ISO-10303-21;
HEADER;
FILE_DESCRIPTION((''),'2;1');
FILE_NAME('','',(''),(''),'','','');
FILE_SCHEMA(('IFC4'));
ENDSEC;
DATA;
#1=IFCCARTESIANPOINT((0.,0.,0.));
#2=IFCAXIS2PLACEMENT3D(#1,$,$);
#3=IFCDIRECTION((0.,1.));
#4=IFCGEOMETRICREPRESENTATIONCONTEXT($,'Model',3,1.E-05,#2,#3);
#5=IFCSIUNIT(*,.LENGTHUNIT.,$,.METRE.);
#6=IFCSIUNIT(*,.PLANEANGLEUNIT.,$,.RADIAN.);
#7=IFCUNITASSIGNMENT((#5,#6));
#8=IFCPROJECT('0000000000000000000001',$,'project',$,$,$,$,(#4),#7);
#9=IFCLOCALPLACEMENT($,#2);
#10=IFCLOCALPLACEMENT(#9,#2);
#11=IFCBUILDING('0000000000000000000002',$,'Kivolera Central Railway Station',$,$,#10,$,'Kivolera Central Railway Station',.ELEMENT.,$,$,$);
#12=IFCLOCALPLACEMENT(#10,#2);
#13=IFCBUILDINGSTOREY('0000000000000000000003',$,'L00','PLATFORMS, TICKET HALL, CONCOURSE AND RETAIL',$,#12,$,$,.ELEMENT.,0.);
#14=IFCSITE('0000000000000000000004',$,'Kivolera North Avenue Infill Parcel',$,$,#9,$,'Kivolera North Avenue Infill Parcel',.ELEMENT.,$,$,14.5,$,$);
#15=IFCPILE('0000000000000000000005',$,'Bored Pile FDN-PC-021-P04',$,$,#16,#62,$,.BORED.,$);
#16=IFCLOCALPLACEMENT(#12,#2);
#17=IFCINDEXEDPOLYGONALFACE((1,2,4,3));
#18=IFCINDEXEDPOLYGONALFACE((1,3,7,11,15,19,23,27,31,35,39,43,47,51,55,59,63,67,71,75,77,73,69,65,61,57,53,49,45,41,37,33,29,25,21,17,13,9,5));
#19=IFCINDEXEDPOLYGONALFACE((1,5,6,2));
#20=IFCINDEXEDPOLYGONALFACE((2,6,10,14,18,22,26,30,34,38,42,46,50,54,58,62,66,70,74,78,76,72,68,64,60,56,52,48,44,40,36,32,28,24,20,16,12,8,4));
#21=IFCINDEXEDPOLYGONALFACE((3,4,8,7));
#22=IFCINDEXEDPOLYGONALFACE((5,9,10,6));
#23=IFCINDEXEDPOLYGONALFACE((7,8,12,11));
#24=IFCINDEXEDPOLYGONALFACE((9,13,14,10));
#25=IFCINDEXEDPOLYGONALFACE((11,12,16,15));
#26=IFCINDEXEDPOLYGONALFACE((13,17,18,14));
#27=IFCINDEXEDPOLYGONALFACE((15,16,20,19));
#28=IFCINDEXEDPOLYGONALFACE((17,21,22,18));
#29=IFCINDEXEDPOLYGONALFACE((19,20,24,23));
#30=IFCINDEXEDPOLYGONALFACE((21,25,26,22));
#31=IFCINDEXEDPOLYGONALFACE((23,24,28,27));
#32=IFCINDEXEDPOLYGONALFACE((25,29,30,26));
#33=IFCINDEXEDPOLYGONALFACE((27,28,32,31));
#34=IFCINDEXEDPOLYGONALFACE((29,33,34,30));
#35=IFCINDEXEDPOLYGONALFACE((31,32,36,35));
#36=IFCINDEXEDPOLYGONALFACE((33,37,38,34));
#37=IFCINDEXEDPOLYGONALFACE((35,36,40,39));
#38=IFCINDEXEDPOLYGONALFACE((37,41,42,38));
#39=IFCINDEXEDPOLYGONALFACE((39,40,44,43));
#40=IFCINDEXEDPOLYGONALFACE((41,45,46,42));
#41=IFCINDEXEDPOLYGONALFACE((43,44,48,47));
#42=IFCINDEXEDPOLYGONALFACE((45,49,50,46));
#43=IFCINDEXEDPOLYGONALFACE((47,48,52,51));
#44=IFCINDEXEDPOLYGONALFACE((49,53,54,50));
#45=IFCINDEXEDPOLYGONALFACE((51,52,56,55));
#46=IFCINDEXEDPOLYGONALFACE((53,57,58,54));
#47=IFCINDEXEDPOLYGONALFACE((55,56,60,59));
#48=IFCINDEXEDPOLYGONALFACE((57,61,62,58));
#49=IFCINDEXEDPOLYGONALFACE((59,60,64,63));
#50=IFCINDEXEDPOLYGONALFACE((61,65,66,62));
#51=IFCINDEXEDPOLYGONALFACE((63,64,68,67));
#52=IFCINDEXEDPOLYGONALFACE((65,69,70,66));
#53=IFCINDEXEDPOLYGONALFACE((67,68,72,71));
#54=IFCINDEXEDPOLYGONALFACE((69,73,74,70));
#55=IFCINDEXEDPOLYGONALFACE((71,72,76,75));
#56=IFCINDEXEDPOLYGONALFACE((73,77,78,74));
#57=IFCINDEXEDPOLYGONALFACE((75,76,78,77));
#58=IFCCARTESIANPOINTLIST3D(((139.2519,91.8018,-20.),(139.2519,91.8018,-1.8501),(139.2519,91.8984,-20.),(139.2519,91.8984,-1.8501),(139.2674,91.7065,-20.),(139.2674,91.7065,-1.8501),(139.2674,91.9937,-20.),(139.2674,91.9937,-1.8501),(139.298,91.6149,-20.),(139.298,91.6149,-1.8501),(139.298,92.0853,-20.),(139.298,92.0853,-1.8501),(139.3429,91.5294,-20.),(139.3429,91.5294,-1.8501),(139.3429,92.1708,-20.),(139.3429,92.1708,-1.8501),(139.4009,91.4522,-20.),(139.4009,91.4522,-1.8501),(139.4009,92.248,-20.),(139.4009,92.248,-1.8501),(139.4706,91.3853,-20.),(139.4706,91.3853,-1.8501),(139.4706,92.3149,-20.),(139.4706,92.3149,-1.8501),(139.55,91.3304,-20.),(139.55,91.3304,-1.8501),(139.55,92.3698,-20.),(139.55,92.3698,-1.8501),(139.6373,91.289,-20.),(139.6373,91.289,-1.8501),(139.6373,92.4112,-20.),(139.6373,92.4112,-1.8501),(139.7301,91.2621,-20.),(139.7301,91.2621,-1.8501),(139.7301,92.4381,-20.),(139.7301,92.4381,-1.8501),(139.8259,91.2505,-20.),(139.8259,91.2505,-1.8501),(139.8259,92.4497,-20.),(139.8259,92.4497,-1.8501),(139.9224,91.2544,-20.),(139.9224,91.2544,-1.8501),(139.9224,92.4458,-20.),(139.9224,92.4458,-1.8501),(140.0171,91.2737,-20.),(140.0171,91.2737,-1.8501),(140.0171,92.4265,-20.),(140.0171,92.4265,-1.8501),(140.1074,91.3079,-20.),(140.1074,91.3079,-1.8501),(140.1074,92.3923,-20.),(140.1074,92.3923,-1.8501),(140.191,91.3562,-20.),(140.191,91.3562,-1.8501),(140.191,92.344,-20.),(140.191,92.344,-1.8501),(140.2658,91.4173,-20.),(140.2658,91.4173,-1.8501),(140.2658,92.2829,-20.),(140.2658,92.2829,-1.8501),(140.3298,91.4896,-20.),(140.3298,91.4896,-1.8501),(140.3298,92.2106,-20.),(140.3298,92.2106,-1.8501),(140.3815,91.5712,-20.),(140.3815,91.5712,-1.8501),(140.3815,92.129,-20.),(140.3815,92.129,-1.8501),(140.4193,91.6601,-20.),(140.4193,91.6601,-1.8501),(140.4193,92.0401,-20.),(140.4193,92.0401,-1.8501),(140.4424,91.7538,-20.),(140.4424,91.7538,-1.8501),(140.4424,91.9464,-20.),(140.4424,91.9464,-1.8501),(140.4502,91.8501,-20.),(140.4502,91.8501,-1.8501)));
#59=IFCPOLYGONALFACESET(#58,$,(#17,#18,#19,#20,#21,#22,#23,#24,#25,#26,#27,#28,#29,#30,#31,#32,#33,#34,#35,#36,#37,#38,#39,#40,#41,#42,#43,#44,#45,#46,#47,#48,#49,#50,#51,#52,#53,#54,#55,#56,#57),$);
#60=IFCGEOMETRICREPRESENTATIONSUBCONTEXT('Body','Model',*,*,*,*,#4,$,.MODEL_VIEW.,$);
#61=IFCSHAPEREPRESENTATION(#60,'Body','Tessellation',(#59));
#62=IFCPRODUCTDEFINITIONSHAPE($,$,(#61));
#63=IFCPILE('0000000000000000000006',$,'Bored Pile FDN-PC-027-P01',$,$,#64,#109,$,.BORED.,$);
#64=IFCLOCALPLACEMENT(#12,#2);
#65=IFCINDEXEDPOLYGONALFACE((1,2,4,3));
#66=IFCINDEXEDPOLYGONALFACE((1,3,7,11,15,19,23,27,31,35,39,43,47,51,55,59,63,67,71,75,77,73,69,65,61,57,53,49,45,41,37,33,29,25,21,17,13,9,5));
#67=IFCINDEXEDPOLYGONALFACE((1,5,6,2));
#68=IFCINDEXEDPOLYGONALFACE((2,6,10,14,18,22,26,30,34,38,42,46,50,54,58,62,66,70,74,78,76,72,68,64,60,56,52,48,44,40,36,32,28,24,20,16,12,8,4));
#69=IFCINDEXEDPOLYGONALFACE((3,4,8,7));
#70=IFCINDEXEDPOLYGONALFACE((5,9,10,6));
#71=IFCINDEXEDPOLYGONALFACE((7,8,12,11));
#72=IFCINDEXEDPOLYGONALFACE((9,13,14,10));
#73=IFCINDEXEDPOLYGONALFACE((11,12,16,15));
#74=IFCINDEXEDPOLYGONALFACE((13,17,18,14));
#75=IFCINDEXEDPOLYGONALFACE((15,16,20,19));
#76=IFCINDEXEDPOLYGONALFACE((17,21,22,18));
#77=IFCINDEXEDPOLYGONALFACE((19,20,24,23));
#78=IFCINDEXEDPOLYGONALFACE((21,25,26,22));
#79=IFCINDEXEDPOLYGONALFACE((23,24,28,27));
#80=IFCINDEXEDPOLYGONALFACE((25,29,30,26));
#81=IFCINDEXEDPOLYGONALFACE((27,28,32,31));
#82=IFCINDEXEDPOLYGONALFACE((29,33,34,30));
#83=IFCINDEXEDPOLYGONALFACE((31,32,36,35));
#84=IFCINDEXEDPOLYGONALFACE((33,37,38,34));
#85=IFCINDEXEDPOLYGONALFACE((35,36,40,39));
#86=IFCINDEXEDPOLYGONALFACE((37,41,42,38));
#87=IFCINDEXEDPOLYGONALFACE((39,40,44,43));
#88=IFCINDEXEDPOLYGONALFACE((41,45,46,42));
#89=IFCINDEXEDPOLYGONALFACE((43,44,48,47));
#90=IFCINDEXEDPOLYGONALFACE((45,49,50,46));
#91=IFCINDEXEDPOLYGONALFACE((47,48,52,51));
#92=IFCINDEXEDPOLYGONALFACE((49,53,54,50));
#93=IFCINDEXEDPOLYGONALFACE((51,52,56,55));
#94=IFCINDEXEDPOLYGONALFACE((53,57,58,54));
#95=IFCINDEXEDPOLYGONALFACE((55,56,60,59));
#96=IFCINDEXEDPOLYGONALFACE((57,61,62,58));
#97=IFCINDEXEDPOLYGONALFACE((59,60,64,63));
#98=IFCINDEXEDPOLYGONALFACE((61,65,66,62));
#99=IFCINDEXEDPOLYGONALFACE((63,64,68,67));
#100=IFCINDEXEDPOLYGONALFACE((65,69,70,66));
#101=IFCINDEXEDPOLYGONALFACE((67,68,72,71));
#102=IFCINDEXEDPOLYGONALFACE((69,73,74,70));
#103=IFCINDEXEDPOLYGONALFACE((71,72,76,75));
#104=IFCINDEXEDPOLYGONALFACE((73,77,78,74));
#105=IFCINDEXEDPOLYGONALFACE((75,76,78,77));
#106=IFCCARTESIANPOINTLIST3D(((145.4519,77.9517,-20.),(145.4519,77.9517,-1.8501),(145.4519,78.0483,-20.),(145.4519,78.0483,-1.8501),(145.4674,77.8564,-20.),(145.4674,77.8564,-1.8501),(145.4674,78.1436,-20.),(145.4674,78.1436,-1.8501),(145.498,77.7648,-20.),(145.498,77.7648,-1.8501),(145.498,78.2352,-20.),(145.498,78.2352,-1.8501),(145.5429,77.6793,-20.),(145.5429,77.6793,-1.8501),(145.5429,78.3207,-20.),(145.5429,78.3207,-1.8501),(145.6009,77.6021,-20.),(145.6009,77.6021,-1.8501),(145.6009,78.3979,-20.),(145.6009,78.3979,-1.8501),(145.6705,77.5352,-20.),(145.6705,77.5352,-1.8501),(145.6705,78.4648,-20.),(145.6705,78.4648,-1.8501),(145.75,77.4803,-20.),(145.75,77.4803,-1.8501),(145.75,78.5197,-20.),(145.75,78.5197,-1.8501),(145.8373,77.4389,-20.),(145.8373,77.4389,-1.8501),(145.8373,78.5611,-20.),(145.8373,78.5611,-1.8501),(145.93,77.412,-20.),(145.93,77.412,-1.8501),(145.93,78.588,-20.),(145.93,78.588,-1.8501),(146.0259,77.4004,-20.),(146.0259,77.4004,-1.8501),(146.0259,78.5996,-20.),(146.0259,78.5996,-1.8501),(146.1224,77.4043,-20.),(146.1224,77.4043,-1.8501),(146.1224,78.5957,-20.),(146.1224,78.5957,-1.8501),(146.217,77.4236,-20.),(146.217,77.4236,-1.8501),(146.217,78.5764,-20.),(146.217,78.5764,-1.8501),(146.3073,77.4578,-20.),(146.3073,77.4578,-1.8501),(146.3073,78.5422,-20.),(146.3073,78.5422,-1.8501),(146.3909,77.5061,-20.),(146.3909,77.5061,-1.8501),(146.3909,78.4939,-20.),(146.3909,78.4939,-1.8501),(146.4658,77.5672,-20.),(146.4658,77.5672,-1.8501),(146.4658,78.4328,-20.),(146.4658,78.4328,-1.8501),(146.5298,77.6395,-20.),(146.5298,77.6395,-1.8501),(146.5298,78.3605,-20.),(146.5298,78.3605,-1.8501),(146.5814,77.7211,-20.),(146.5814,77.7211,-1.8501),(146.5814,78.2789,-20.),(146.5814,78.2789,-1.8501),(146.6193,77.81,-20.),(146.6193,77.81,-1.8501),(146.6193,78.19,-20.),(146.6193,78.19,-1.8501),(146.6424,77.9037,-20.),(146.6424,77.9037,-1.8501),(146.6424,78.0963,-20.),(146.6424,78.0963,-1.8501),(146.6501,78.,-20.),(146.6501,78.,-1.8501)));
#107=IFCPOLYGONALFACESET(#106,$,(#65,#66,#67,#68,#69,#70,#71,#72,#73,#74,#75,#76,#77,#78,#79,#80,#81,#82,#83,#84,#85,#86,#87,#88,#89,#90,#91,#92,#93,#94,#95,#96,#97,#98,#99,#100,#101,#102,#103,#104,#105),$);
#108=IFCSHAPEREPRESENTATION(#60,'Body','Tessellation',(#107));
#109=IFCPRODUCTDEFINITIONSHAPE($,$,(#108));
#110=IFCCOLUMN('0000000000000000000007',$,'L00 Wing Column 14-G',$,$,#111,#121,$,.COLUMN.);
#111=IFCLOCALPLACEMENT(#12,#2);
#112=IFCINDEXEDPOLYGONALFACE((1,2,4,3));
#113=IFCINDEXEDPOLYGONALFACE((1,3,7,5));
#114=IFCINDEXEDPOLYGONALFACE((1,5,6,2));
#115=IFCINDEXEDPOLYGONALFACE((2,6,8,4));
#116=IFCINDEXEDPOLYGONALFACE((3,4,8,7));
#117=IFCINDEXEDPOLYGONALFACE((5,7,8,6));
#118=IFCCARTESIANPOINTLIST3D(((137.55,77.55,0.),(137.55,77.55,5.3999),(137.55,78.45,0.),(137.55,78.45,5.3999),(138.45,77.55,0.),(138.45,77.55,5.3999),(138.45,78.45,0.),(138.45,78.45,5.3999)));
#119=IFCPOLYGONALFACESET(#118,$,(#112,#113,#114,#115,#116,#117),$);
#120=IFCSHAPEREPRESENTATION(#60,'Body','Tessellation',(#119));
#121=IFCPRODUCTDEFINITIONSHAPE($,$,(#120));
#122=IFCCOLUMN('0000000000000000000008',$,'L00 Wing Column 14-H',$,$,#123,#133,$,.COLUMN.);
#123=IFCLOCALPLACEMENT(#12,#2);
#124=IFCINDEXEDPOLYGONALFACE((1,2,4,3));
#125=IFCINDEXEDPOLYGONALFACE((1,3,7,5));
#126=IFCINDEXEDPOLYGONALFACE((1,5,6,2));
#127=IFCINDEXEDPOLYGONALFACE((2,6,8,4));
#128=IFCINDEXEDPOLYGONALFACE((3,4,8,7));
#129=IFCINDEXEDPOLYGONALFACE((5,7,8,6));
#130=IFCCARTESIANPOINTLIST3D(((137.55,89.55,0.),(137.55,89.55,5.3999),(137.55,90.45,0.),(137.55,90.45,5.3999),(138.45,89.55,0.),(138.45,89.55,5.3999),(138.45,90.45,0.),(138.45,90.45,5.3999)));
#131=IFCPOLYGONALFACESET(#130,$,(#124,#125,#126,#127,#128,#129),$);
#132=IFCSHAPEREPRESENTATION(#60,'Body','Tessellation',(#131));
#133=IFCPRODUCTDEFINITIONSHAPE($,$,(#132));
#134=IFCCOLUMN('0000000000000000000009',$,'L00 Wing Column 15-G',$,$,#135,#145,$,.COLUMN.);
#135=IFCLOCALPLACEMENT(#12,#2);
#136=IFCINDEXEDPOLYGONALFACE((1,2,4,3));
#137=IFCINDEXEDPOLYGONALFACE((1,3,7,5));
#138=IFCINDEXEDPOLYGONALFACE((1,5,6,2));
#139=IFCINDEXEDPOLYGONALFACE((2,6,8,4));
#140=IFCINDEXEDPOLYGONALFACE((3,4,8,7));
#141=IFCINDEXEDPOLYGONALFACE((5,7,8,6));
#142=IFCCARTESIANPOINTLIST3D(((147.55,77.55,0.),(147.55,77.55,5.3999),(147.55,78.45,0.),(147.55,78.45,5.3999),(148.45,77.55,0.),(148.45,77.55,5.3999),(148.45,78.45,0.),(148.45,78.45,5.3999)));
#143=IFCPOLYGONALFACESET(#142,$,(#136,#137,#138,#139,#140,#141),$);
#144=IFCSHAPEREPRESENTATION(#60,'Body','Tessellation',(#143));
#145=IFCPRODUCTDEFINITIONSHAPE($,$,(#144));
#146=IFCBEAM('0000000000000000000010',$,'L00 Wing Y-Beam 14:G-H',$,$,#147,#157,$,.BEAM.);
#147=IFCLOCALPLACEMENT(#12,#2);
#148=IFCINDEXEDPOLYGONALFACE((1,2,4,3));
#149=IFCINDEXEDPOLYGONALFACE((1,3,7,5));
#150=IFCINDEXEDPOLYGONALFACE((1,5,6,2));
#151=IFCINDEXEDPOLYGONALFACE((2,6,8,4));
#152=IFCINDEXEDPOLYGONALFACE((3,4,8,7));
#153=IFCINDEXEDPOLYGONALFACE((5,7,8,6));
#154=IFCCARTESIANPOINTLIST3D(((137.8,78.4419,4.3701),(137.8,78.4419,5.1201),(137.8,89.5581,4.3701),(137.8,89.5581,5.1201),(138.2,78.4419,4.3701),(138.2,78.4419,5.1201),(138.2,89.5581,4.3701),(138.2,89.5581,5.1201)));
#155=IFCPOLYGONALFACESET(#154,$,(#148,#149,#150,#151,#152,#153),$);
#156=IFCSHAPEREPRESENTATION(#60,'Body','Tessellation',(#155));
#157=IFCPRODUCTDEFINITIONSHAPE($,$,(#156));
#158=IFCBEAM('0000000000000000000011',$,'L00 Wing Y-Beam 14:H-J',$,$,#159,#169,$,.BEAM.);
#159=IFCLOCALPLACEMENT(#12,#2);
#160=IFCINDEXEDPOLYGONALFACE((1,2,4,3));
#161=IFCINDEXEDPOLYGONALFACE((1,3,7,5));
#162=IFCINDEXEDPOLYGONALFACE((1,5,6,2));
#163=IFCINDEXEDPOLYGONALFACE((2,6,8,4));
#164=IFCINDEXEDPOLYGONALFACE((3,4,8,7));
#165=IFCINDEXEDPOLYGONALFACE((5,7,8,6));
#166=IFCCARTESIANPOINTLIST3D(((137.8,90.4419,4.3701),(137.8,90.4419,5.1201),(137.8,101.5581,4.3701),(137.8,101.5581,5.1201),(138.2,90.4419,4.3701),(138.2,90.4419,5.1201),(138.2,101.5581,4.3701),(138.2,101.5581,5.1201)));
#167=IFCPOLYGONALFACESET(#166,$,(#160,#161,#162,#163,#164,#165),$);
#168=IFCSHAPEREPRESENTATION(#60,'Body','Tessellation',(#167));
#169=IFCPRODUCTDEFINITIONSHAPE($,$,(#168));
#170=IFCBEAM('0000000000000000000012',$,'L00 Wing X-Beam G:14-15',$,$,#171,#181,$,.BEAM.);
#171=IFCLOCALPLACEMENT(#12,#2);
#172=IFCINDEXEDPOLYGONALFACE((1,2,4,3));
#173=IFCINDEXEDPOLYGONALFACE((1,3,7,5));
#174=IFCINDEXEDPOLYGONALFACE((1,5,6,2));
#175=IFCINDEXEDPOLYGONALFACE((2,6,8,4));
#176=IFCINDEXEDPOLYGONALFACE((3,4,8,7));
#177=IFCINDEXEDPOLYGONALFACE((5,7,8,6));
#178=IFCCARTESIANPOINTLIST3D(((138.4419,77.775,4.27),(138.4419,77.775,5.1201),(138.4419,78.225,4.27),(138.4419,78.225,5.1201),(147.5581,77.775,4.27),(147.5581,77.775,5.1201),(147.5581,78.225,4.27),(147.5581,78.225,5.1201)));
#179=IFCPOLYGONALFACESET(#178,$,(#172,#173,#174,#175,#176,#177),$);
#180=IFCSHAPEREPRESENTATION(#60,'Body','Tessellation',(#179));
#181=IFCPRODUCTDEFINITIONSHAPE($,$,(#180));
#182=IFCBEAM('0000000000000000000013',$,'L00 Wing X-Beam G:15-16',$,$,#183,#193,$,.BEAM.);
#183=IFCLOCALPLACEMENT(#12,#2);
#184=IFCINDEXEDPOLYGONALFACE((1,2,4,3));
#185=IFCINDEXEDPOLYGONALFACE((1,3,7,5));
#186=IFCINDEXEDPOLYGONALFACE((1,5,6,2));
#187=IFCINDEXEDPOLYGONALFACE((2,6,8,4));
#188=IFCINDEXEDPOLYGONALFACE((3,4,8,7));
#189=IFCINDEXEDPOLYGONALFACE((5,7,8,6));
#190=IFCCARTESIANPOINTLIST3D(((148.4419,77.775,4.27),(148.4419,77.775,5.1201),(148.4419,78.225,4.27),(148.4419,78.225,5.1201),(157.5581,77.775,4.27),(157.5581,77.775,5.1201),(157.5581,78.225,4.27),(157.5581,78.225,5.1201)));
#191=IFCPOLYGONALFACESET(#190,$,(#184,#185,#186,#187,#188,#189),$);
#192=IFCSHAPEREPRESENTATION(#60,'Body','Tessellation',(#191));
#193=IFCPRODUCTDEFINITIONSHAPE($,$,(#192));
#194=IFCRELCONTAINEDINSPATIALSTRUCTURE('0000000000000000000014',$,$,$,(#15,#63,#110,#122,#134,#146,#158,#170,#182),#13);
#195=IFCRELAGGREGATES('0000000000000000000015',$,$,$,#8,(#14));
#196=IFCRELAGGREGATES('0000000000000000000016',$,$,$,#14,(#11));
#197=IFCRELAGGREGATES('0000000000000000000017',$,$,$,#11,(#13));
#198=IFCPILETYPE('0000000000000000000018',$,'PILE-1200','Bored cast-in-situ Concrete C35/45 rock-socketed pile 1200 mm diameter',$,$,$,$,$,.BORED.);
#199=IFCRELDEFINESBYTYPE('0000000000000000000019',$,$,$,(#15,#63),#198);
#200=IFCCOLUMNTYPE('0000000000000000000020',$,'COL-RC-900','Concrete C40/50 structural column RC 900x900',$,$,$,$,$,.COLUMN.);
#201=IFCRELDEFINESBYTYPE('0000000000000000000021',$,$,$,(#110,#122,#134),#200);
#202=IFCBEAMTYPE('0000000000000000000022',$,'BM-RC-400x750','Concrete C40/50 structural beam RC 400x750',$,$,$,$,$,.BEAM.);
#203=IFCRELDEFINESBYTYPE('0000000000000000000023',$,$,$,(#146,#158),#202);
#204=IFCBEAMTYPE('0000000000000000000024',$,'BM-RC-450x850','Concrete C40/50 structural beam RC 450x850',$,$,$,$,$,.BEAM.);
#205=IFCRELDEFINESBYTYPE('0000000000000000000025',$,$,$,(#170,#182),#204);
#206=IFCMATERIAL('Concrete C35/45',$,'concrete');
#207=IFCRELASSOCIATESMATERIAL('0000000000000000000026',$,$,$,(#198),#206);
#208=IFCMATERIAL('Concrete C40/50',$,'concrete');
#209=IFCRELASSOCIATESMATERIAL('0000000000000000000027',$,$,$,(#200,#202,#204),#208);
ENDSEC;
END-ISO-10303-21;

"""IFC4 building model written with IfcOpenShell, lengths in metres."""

from ifc_helpers import new_model, si_unit, direction, frame, origin, origin_2d, place, context, subcontext, project, spatial, rectangle, circle, extrude, material, material_profile, profile_set, type_object, element, save


model = new_model("IFC4")

# Units and contexts
model_context = context("Model", 3, precision=1e-05, world=origin(), true_north=direction((0.0, 1.0)))
body_context = subcontext(model_context, "Body", "Model", "MODEL_VIEW")
ifc_project = project(units=[si_unit("LENGTHUNIT", "METRE"), si_unit("PLANEANGLEUNIT", "RADIAN")], contexts=[model_context])

# Site, building, storey
site_placement = place(None, origin())
site = spatial("IfcSite", under=ifc_project, at=site_placement, Name="Kivolera North Avenue Infill Parcel", LongName="Kivolera North Avenue Infill Parcel", CompositionType="ELEMENT", RefElevation=14.5)
building_placement = place(site_placement, origin())
building = spatial("IfcBuilding", under=site, at=building_placement, Name="Kivolera Central Railway Station", LongName="Kivolera Central Railway Station", CompositionType="ELEMENT")
storey_placement = place(building_placement, origin())
storey = spatial("IfcBuildingStorey", under=building, at=storey_placement, Name="L00", Description="PLATFORMS, TICKET HALL, CONCOURSE AND RETAIL", CompositionType="ELEMENT", Elevation=0.0)

# Shared definitions
ifc_material_1 = material(Name="Concrete C35/45", Category="concrete")

# Piles
ifc_material_profile_1 = material_profile(ifc_material_1, circle(Radius=0.6001, at=origin_2d()), Name="PILE D1200")
ifc_profile_set_1 = profile_set([ifc_material_profile_1], Name="Concrete C35/45")
pile_type = type_object("IfcPileType", Name="PILE-1200", Description="Bored cast-in-situ Concrete C35/45 rock-socketed pile 1200 mm diameter", PredefinedType="BORED", material=ifc_profile_set_1)
for number, where, z_axis, x_axis, name in (
    (1, (139.8501, 91.8501, -1.8501), (0.0, 0.0, -1.0), (1.0, 0.0, 0.0), "Bored Pile FDN-PC-021-P04"),
    (2, (146.05, 78.0, -1.8501), (0.0, 0.0, -1.0), (1.0, 0.0, 0.0), "Bored Pile FDN-PC-027-P01"),
):
    element("IfcPile", number, at=place(storey_placement, frame(where, z_axis=z_axis, x_axis=x_axis)), inside=storey, type_object=pile_type, Name=name, PredefinedType="BORED", context=body_context, shape_type="SweptSolid", body=[
        extrude(circle(Radius=0.6001, at=origin_2d()), origin(), (0.0, 0.0, 1.0), 18.1499),
    ])

# Columns
ifc_material_2 = material(Name="Concrete C40/50", Category="concrete")
ifc_material_profile_2 = material_profile(ifc_material_2, rectangle(XDim=0.8999, YDim=0.8999, at=origin_2d()), Name="RC 900x900")
ifc_profile_set_2 = profile_set([ifc_material_profile_2], Name="Concrete C40/50")
column_type = type_object("IfcColumnType", Name="COL-RC-900", Description="Concrete C40/50 structural column RC 900x900", PredefinedType="COLUMN", material=ifc_profile_set_2)
for number, where, z_axis, x_axis, name in (
    (3, (138.0, 78.0, 0.0), (0.0, 0.0, 1.0), (1.0, 0.0, 0.0), "L00 Wing Column 14-G"),
    (4, (138.0, 90.0, 0.0), (0.0, 0.0, 1.0), (1.0, 0.0, 0.0), "L00 Wing Column 14-H"),
    (5, (148.0, 78.0, 0.0), (0.0, 0.0, 1.0), (1.0, 0.0, 0.0), "L00 Wing Column 15-G"),
):
    element("IfcColumn", number, at=place(storey_placement, frame(where, z_axis=z_axis, x_axis=x_axis)), inside=storey, type_object=column_type, Name=name, PredefinedType="COLUMN", context=body_context, shape_type="SweptSolid", body=[
        extrude(rectangle(XDim=0.8999, YDim=0.8999, at=origin_2d()), origin(), (0.0, 0.0, 1.0), 5.3999),
    ])

# Beams
ifc_material_profile_3 = material_profile(ifc_material_2, rectangle(XDim=0.3999, YDim=0.75, at=origin_2d()), Name="RC 400x750")
ifc_profile_set_3 = profile_set([ifc_material_profile_3], Name="Concrete C40/50")
beam_type_1 = type_object("IfcBeamType", Name="BM-RC-400x750", Description="Concrete C40/50 structural beam RC 400x750", PredefinedType="BEAM", material=ifc_profile_set_3)
for number, where, z_axis, x_axis, name in (
    (6, (138.0, 78.4419, 4.7451), (0.0, 1.0, 0.0), (-1.0, 0.0, 0.0), "L00 Wing Y-Beam 14:G-H"),
    (7, (138.0, 90.4419, 4.7451), (0.0, 1.0, 0.0), (-1.0, 0.0, 0.0), "L00 Wing Y-Beam 14:H-J"),
):
    element("IfcBeam", number, at=place(storey_placement, frame(where, z_axis=z_axis, x_axis=x_axis)), inside=storey, type_object=beam_type_1, Name=name, PredefinedType="BEAM", context=body_context, shape_type="SweptSolid", body=[
        extrude(rectangle(XDim=0.3999, YDim=0.75, at=origin_2d()), origin(), (0.0, 0.0, 1.0), 11.1162),
    ])
ifc_material_profile_4 = material_profile(ifc_material_2, rectangle(XDim=0.45, YDim=0.8501, at=origin_2d()), Name="RC 450x850")
ifc_profile_set_4 = profile_set([ifc_material_profile_4], Name="Concrete C40/50")
beam_type_2 = type_object("IfcBeamType", Name="BM-RC-450x850", Description="Concrete C40/50 structural beam RC 450x850", PredefinedType="BEAM", material=ifc_profile_set_4)
for number, where, z_axis, x_axis, name in (
    (8, (138.4419, 78.0, 4.6951), (1.0, 0.0, 0.0), (0.0, 1.0, 0.0), "L00 Wing X-Beam G:14-15"),
    (9, (148.4419, 78.0, 4.6951), (1.0, 0.0, 0.0), (0.0, 1.0, 0.0), "L00 Wing X-Beam G:15-16"),
):
    element("IfcBeam", number, at=place(storey_placement, frame(where, z_axis=z_axis, x_axis=x_axis)), inside=storey, type_object=beam_type_2, Name=name, PredefinedType="BEAM", context=body_context, shape_type="SweptSolid", body=[
        extrude(rectangle(XDim=0.45, YDim=0.8501, at=origin_2d()), origin(), (0.0, 0.0, 1.0), 9.1162),
    ])

save(model, "model.ifc")
